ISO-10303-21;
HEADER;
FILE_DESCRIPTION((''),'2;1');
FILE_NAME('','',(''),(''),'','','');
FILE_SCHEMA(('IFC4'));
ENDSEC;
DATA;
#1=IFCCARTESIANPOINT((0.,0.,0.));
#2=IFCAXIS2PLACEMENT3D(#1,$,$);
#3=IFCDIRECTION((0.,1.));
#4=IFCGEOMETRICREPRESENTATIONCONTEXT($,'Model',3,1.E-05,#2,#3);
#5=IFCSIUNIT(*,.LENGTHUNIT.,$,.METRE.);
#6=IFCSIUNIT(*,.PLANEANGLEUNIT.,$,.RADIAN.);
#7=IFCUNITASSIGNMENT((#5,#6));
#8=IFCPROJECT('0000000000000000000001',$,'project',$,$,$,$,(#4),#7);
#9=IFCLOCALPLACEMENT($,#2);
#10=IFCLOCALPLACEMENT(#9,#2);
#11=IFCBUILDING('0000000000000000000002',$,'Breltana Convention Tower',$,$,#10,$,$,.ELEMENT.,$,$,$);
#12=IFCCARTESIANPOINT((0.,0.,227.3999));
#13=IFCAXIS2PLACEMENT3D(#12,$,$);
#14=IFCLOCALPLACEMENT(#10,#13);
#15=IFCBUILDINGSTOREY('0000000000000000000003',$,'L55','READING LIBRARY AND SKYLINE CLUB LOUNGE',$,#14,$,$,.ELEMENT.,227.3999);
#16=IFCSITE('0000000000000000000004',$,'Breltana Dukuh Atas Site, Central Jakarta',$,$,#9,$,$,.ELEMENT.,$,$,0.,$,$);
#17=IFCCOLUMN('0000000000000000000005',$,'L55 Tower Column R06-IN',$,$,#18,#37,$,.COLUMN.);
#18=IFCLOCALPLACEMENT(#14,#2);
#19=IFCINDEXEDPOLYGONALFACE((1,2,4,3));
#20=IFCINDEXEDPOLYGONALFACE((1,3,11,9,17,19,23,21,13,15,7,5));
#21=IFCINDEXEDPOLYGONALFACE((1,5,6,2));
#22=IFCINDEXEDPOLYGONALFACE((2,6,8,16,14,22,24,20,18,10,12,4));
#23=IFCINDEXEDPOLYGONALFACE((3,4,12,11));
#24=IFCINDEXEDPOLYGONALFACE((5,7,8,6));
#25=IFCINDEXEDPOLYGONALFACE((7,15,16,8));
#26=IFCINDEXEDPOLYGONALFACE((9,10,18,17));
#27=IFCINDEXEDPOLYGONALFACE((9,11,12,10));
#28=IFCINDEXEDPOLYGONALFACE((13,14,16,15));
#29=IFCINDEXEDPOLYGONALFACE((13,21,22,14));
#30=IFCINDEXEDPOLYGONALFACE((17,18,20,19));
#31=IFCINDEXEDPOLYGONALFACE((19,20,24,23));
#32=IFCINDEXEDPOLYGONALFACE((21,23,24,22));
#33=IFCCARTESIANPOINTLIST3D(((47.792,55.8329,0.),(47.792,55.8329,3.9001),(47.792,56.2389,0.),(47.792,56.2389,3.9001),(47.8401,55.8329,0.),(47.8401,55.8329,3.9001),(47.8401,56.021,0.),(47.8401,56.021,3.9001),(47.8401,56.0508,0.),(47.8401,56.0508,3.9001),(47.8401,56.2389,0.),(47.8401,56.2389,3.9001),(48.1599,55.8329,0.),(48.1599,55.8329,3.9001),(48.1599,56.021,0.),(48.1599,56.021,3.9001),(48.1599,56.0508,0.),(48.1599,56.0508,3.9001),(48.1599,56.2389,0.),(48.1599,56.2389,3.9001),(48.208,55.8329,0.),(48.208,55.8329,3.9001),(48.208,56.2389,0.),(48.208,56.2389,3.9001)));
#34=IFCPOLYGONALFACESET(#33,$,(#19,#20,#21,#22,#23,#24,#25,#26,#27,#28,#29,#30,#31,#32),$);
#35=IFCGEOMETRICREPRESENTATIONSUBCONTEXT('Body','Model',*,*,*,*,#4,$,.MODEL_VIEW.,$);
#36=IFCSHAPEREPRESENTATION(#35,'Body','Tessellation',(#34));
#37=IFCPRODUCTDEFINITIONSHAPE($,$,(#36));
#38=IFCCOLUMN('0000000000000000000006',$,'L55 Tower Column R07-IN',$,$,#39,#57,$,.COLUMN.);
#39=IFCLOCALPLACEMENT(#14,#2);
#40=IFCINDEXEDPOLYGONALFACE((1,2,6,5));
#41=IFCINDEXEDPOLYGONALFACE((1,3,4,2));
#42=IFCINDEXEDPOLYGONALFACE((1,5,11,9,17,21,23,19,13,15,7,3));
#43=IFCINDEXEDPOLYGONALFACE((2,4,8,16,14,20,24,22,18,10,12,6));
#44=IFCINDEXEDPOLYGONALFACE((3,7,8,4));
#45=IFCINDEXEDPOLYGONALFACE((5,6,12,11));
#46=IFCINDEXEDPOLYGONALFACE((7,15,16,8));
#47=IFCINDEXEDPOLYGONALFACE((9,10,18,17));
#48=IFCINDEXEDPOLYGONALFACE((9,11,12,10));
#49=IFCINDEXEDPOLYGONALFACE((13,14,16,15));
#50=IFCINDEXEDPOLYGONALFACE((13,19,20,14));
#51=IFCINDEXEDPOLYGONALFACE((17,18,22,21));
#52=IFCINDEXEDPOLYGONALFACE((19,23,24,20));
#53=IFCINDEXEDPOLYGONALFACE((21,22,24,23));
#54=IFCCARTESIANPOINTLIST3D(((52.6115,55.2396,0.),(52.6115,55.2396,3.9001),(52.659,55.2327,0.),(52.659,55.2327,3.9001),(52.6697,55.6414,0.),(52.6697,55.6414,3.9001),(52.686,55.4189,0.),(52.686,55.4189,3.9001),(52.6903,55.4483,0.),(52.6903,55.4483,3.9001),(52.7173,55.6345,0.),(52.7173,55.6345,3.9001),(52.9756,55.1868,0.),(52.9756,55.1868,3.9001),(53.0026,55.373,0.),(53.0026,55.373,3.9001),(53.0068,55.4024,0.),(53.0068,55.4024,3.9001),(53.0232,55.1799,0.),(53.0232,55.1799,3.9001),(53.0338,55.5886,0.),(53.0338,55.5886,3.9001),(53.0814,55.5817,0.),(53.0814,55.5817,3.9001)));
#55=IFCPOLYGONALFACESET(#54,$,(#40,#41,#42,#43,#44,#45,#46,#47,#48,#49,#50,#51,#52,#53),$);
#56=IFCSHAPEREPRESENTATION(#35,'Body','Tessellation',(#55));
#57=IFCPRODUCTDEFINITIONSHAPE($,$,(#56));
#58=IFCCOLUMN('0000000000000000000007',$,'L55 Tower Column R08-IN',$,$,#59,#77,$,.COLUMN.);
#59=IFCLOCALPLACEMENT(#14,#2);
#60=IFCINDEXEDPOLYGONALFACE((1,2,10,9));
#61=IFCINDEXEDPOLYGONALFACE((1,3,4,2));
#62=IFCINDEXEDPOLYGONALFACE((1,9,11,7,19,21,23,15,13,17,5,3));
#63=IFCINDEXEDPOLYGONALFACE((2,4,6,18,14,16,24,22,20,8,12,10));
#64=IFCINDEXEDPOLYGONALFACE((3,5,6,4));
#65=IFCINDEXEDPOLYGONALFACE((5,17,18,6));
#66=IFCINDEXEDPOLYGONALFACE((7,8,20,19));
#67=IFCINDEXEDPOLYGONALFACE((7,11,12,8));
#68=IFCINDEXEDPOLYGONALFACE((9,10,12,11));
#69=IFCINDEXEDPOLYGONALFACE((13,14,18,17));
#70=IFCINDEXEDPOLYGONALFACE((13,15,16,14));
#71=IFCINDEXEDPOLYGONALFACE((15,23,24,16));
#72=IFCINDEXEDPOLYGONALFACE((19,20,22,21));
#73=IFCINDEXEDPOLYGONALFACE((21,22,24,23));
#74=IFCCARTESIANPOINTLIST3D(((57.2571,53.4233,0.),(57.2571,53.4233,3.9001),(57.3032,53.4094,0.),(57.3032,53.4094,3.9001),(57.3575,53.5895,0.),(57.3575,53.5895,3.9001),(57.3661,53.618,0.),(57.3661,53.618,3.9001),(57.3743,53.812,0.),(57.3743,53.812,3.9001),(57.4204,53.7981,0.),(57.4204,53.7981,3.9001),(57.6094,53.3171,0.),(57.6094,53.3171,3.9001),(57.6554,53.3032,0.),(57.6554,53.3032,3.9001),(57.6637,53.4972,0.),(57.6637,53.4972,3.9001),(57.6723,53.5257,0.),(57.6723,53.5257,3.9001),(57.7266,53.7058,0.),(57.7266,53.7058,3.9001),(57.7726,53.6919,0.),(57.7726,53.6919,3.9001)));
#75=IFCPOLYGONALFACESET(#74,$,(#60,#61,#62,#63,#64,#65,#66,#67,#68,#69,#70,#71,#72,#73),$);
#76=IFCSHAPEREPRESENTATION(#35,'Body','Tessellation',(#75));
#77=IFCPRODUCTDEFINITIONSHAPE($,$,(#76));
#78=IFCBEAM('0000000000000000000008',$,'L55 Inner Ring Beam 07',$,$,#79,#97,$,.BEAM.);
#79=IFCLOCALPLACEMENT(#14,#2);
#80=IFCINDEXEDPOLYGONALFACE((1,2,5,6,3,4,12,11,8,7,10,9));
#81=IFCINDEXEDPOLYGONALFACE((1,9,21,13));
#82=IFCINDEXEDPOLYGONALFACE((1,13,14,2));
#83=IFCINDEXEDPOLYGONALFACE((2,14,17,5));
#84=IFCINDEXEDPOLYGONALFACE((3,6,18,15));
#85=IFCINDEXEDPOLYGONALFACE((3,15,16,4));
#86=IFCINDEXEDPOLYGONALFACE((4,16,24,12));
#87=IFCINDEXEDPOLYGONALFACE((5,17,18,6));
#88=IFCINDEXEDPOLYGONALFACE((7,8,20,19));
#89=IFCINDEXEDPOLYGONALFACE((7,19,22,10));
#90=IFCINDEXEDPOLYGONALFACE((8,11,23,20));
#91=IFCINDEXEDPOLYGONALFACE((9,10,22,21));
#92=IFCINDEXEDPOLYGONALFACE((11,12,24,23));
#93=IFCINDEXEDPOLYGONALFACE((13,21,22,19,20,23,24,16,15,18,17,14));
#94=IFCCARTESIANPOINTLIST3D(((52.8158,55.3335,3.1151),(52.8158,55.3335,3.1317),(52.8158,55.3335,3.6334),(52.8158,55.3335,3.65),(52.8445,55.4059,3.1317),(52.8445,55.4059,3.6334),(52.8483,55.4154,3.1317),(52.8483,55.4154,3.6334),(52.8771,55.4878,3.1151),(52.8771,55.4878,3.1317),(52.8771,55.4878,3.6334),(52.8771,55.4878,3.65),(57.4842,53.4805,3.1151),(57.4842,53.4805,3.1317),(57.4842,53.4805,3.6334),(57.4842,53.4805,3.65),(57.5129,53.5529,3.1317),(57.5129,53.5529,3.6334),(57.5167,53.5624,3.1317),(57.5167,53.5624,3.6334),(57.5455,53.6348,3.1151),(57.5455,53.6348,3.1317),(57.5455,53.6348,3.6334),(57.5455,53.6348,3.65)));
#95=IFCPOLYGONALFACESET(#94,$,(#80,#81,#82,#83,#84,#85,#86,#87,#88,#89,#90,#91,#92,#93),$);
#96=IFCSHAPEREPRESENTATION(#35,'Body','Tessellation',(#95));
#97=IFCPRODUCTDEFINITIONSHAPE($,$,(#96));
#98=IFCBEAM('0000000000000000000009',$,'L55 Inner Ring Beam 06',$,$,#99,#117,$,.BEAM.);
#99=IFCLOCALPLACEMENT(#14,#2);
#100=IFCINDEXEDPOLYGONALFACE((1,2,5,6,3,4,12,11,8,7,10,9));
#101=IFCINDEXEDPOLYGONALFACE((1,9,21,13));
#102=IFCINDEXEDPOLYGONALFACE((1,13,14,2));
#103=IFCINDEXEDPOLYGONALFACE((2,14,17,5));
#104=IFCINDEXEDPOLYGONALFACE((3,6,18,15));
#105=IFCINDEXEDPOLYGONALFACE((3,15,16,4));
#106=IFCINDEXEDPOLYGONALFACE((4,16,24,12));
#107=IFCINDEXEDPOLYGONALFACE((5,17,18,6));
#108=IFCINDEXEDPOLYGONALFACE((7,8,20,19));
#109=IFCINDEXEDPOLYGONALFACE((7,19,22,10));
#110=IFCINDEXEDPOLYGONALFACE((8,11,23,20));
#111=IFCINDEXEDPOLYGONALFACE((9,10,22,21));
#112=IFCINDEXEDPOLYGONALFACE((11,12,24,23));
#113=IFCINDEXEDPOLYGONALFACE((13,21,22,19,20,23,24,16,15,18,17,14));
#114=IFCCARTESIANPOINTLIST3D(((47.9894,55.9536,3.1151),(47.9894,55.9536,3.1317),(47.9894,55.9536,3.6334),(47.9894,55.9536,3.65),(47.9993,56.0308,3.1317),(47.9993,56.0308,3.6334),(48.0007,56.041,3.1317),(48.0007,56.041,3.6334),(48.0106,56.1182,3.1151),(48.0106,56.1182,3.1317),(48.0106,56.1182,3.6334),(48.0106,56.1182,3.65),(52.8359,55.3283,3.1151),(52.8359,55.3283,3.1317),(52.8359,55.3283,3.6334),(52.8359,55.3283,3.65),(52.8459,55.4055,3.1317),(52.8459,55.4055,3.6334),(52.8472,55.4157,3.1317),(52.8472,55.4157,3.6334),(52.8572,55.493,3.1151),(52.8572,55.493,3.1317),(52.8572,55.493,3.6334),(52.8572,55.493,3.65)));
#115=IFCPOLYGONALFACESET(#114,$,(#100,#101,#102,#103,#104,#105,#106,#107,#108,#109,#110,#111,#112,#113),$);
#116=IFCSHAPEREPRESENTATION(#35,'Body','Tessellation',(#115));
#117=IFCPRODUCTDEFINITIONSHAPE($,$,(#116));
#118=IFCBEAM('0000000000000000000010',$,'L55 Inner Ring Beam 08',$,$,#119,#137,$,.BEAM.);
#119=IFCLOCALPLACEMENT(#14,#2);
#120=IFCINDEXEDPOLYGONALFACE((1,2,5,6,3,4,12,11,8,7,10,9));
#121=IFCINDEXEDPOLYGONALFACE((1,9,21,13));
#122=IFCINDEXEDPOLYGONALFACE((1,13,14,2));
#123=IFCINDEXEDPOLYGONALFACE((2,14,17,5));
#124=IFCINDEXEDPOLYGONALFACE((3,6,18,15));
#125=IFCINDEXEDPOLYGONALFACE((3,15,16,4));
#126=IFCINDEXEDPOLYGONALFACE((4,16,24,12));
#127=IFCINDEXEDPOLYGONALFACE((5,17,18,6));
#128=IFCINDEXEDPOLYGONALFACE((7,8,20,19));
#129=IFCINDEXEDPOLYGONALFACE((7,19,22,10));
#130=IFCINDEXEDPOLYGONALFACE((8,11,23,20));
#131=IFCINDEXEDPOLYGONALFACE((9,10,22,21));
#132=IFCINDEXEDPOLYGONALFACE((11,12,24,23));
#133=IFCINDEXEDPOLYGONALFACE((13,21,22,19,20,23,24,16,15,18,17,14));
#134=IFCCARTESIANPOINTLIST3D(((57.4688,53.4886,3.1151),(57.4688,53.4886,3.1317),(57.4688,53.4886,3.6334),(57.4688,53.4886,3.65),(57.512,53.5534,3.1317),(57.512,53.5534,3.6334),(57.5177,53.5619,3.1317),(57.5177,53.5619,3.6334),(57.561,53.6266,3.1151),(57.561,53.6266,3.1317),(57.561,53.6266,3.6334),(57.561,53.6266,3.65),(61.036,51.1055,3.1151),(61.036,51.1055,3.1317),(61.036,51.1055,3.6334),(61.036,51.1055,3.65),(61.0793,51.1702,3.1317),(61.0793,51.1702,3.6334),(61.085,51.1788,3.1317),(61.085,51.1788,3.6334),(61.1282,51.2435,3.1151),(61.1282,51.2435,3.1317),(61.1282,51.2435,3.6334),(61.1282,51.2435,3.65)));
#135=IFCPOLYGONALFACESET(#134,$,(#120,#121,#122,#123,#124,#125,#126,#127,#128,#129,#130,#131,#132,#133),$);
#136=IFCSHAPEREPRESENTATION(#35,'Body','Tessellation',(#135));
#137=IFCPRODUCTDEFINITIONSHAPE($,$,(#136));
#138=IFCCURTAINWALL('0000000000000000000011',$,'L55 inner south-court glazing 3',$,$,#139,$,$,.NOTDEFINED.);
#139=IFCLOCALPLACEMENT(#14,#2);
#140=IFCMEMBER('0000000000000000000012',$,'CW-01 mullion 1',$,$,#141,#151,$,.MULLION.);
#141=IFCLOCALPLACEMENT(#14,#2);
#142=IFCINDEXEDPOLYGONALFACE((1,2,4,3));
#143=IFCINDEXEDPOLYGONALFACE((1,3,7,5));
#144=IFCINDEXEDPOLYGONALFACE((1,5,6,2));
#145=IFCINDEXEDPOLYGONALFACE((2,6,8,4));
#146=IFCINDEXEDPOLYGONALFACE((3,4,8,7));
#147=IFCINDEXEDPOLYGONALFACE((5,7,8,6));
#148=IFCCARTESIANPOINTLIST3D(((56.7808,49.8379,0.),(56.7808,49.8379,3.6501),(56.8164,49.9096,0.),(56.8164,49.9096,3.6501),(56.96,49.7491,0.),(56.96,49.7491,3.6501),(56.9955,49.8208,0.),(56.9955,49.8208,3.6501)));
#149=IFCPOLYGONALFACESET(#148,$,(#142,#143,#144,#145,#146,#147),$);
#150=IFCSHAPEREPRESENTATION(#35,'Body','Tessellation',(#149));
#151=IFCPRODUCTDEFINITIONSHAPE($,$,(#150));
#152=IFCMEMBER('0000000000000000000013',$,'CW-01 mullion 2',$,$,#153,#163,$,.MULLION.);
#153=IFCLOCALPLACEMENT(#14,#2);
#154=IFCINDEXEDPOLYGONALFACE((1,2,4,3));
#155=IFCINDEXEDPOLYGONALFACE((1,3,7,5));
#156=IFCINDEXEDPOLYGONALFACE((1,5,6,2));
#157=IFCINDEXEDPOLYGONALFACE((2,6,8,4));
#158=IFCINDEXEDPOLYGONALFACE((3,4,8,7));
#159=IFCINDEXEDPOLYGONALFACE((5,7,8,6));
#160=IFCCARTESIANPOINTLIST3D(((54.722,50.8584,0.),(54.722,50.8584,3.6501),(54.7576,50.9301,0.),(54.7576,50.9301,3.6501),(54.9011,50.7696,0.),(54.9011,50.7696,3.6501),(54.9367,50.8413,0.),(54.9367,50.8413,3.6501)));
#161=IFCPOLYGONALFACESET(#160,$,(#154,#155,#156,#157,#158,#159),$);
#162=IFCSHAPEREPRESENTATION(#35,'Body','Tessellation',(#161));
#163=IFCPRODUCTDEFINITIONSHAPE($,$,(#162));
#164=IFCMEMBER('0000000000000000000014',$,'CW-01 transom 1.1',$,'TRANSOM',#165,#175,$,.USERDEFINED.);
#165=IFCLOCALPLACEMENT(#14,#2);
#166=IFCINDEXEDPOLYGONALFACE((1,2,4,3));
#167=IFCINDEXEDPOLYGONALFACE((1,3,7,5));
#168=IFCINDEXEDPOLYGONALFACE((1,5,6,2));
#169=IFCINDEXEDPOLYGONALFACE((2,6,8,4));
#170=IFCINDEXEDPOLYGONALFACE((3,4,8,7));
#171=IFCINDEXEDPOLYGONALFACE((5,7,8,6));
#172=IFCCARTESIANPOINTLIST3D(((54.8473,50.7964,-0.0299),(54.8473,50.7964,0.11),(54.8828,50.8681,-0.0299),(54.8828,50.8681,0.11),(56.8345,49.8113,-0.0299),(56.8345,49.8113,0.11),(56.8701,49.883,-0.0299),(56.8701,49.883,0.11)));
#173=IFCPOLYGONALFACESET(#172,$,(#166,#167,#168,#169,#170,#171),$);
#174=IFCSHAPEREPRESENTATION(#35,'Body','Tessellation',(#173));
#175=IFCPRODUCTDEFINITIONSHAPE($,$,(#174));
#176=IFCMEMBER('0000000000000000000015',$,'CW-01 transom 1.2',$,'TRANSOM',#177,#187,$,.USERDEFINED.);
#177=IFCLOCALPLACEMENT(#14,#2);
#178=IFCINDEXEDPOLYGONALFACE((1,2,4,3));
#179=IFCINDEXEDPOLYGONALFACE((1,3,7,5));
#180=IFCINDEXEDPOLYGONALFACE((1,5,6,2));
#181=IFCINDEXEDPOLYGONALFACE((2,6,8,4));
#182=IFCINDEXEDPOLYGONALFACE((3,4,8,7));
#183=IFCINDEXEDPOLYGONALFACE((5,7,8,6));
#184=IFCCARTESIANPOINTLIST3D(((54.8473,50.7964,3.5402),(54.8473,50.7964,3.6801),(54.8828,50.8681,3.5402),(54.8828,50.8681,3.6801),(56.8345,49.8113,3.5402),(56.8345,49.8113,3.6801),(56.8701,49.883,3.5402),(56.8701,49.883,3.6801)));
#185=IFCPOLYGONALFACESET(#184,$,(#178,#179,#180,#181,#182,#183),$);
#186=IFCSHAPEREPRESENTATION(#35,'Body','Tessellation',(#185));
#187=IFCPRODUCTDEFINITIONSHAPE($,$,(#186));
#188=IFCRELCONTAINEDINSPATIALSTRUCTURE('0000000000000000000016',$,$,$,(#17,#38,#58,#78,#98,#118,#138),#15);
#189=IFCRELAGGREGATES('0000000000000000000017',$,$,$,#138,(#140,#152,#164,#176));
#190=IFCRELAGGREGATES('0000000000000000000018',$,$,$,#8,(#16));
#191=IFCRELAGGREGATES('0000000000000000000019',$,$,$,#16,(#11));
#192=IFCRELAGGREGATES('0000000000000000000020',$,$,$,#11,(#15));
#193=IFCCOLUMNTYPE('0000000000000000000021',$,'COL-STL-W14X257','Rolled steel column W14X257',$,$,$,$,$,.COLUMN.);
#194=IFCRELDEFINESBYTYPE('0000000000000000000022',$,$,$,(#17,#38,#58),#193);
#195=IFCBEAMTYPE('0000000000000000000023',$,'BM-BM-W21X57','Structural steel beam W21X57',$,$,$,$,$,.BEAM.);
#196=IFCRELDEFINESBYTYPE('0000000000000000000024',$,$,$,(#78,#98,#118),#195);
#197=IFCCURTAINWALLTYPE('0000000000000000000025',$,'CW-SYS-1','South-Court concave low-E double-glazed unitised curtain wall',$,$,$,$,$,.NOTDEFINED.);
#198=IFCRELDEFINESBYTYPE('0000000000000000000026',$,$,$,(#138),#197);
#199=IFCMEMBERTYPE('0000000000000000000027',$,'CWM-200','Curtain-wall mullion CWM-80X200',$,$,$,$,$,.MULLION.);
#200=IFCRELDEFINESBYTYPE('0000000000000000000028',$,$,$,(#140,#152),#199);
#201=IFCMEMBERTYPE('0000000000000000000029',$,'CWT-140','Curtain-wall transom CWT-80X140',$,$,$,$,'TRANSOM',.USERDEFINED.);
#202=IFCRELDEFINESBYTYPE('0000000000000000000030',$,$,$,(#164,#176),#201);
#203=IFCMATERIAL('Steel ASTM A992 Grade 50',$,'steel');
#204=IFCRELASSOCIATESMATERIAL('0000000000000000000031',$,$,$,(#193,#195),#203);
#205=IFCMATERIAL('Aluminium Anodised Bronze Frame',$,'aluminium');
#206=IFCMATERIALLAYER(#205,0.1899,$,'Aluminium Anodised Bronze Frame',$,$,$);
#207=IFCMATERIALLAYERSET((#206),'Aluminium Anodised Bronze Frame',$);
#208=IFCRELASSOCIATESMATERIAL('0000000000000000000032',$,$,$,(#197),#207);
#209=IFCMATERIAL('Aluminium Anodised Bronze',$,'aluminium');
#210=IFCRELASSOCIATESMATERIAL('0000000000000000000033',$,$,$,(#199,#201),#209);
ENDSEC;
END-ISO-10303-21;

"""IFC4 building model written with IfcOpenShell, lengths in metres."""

from ifc_helpers import new_model, si_unit, direction, frame, origin, origin_2d, place, context, subcontext, project, spatial, rectangle, i_section, extrude, source, transform, mapped, material, layer, layer_set, material_profile, profile_set, type_object, element, aggregate, save


model = new_model("IFC4")

# Units and contexts
model_context = context("Model", 3, precision=1e-05, world=origin(), true_north=direction((0.0, 1.0)))
body_context = subcontext(model_context, "Body", "Model", "MODEL_VIEW")
ifc_project = project(units=[si_unit("LENGTHUNIT", "METRE"), si_unit("PLANEANGLEUNIT", "RADIAN")], contexts=[model_context])

# Site, building, storey
site_placement = place(None, origin())
site = spatial("IfcSite", under=ifc_project, at=site_placement, Name="Breltana Dukuh Atas Site, Central Jakarta", CompositionType="ELEMENT", RefElevation=0.0)
building_placement = place(site_placement, origin())
building = spatial("IfcBuilding", under=site, at=building_placement, Name="Breltana Convention Tower", CompositionType="ELEMENT")
storey_placement = place(building_placement, frame((0.0, 0.0, 227.3999)))
storey = spatial("IfcBuildingStorey", under=building, at=storey_placement, Name="L55", Description="READING LIBRARY AND SKYLINE CLUB LOUNGE", CompositionType="ELEMENT", Elevation=227.3999)

# Columns
ifc_material_1 = material(Name="Steel ASTM A992 Grade 50", Category="steel")
ifc_material_profile_1 = material_profile(ifc_material_1, i_section(OverallWidth=0.406, OverallDepth=0.416, WebThickness=0.0298, FlangeThickness=0.0481, at=origin_2d()), Name="W14X257")
ifc_profile_set_1 = profile_set([ifc_material_profile_1], Name="Steel ASTM A992 Grade 50")
column_type = type_object("IfcColumnType", Name="COL-STL-W14X257", Description="Rolled steel column W14X257", PredefinedType="COLUMN", material=ifc_profile_set_1)
shared_shape_1 = source(origin(), body_context, "Body", "SweptSolid", [
    extrude(i_section(OverallWidth=0.406, OverallDepth=0.416, WebThickness=0.0298, FlangeThickness=0.0481, at=origin_2d()), origin(), (0.0, 0.0, 1.0), 3.9001),
])
for number, where, z_axis, x_axis, name in (
    (1, (48.0, 56.0359, 0.0), (0.0, 0.0, 1.0), (0.0, 1.0, 0.0), "L55 Tower Column R06-IN"),
    (2, (52.8464, 55.4106, 0.0), (0.0, 0.0, 1.0), (0.143493, 0.989651, 0.0), "L55 Tower Column R07-IN"),
    (3, (57.5149, 53.5576, 0.0), (0.0, 0.0, 1.0), (0.288698, 0.95742, 0.0), "L55 Tower Column R08-IN"),
):
    element("IfcColumn", number, at=place(storey_placement, frame(where, z_axis=z_axis, x_axis=x_axis)), inside=storey, type_object=column_type, Name=name, PredefinedType="COLUMN", context=body_context, shape_type="MappedRepresentation", body=[
        mapped(shared_shape_1, transform((0.0, 0.0, 0.0), scale=1.0)),
    ])

# Beams
ifc_material_profile_2 = material_profile(ifc_material_1, i_section(OverallWidth=0.166, OverallDepth=0.5349, WebThickness=0.0103, FlangeThickness=0.0166, at=origin_2d()), Name="W21X57")
ifc_profile_set_2 = profile_set([ifc_material_profile_2], Name="Steel ASTM A992 Grade 50")
beam_type = type_object("IfcBeamType", Name="BM-BM-W21X57", Description="Structural steel beam W21X57", PredefinedType="BEAM", material=ifc_profile_set_2)
shared_shape_2 = source(origin(), body_context, "Body", "SweptSolid", [
    extrude(i_section(OverallWidth=0.166, OverallDepth=0.5349, WebThickness=0.0103, FlangeThickness=0.0166, at=origin_2d()), origin(), (0.0, 0.0, 1.0), 5.0227),
])
beam_1_placement = place(storey_placement, frame((52.8464, 55.4106, 3.3826), z_axis=(0.929459, -0.368926, 0.0), x_axis=(0.368926, 0.929459, 0.0)))
element("IfcBeam", 4, at=beam_1_placement, inside=storey, type_object=beam_type, Name="L55 Inner Ring Beam 07", PredefinedType="BEAM", context=body_context, shape_type="MappedRepresentation", body=[
    mapped(shared_shape_2, transform((0.0, 0.0, 0.0), scale=1.0)),
])
shared_shape_3 = source(origin(), body_context, "Body", "SweptSolid", [
    extrude(i_section(OverallWidth=0.166, OverallDepth=0.5349, WebThickness=0.0103, FlangeThickness=0.0166, at=origin_2d()), origin(), (0.0, 0.0, 1.0), 4.8867),
])
beam_2_placement = place(storey_placement, frame((48.0, 56.0359, 3.3826), z_axis=(0.991781, -0.127951, 0.0), x_axis=(0.127951, 0.991781, 0.0)))
element("IfcBeam", 5, at=beam_2_placement, inside=storey, type_object=beam_type, Name="L55 Inner Ring Beam 06", PredefinedType="BEAM", context=body_context, shape_type="MappedRepresentation", body=[
    mapped(shared_shape_3, transform((0.0, 0.0, 0.0), scale=1.0)),
])
shared_shape_4 = source(origin(), body_context, "Body", "SweptSolid", [
    extrude(i_section(OverallWidth=0.166, OverallDepth=0.5349, WebThickness=0.0103, FlangeThickness=0.0166, at=origin_2d()), origin(), (0.0, 0.0, 1.0), 4.29),
])
beam_3_placement = place(storey_placement, frame((57.5149, 53.5576, 3.3826), z_axis=(0.831516, -0.555501, 0.0), x_axis=(0.555501, 0.831516, 0.0)))
element("IfcBeam", 6, at=beam_3_placement, inside=storey, type_object=beam_type, Name="L55 Inner Ring Beam 08", PredefinedType="BEAM", context=body_context, shape_type="MappedRepresentation", body=[
    mapped(shared_shape_4, transform((0.0, 0.0, 0.0), scale=1.0)),
])

# Curtain wall, members
ifc_material_2 = material(Name="Aluminium Anodised Bronze Frame", Category="aluminium")
ifc_layer_1 = layer(ifc_material_2, 0.1899, Name="Aluminium Anodised Bronze Frame")
ifc_layer_set_1 = layer_set([ifc_layer_1], Name="Aluminium Anodised Bronze Frame")
curtain_wall_type = type_object("IfcCurtainWallType", Name="CW-SYS-1", Description="South-Court concave low-E double-glazed unitised curtain wall", PredefinedType="NOTDEFINED", material=ifc_layer_set_1)
curtain_wall_placement = place(storey_placement, origin())
curtain_wall = element("IfcCurtainWall", 7, at=curtain_wall_placement, inside=storey, type_object=curtain_wall_type, Name="L55 inner south-court glazing 3", PredefinedType="NOTDEFINED")
ifc_material_3 = material(Name="Aluminium Anodised Bronze", Category="aluminium")
ifc_material_profile_3 = material_profile(ifc_material_3, rectangle(XDim=0.0801, YDim=0.2, at=origin_2d()), Name="CWM-80X200")
ifc_profile_set_3 = profile_set([ifc_material_profile_3], Name="Aluminium Anodised Bronze")
member_type_1 = type_object("IfcMemberType", Name="CWM-200", Description="Curtain-wall mullion CWM-80X200", PredefinedType="MULLION", material=ifc_profile_set_3)
shared_shape_5 = source(origin(), body_context, "Body", "SweptSolid", [
    extrude(rectangle(XDim=0.0801, YDim=0.2, at=origin_2d()), origin(), (0.0, 0.0, 1.0), 3.6501),
])
member_1_placement = place(storey_placement, frame((56.8882, 49.8293, 0.0), z_axis=(0.0, 0.0, 1.0), x_axis=(-0.444133, -0.895961, 0.0)))
member_1 = element("IfcMember", 8, at=member_1_placement, type_object=member_type_1, Name="CW-01 mullion 1", PredefinedType="MULLION", context=body_context, shape_type="MappedRepresentation", body=[
    mapped(shared_shape_5, transform((0.0, 0.0, 0.0), scale=1.0)),
])
member_2_placement = place(storey_placement, frame((54.8293, 50.8499, 0.0), z_axis=(0.0, 0.0, 1.0), x_axis=(-0.444133, -0.895961, 0.0)))
member_2 = element("IfcMember", 9, at=member_2_placement, type_object=member_type_1, Name="CW-01 mullion 2", PredefinedType="MULLION", context=body_context, shape_type="MappedRepresentation", body=[
    mapped(shared_shape_5, transform((0.0, 0.0, 0.0), scale=1.0)),
])
ifc_material_profile_4 = material_profile(ifc_material_3, rectangle(XDim=0.0801, YDim=0.1399, at=origin_2d()), Name="CWT-80X140")
ifc_profile_set_4 = profile_set([ifc_material_profile_4], Name="Aluminium Anodised Bronze")
member_type_2 = type_object("IfcMemberType", Name="CWT-140", Description="Curtain-wall transom CWT-80X140", ElementType="TRANSOM", PredefinedType="USERDEFINED", material=ifc_profile_set_4)
shared_shape_6 = source(origin(), body_context, "Body", "SweptSolid", [
    extrude(rectangle(XDim=0.0801, YDim=0.1399, at=origin_2d()), origin(), (0.0, 0.0, 1.0), 2.218),
])
member_3_placement = place(storey_placement, frame((56.8523, 49.8472, 0.04), z_axis=(-0.895963, 0.444129, 0.0), x_axis=(-0.444129, -0.895963, 0.0)))
member_3 = element("IfcMember", 10, at=member_3_placement, type_object=member_type_2, Name="CW-01 transom 1.1", ObjectType="TRANSOM", PredefinedType="USERDEFINED", context=body_context, shape_type="MappedRepresentation", body=[
    mapped(shared_shape_6, transform((0.0, 0.0, 0.0), scale=1.0)),
])
member_4_placement = place(storey_placement, frame((56.8523, 49.8472, 3.6101), z_axis=(-0.895963, 0.444129, 0.0), x_axis=(-0.444129, -0.895963, 0.0)))
member_4 = element("IfcMember", 11, at=member_4_placement, type_object=member_type_2, Name="CW-01 transom 1.2", ObjectType="TRANSOM", PredefinedType="USERDEFINED", context=body_context, shape_type="MappedRepresentation", body=[
    mapped(shared_shape_6, transform((0.0, 0.0, 0.0), scale=1.0)),
])
aggregate(curtain_wall, [member_1, member_2, member_3, member_4])

save(model, "model.ifc")
